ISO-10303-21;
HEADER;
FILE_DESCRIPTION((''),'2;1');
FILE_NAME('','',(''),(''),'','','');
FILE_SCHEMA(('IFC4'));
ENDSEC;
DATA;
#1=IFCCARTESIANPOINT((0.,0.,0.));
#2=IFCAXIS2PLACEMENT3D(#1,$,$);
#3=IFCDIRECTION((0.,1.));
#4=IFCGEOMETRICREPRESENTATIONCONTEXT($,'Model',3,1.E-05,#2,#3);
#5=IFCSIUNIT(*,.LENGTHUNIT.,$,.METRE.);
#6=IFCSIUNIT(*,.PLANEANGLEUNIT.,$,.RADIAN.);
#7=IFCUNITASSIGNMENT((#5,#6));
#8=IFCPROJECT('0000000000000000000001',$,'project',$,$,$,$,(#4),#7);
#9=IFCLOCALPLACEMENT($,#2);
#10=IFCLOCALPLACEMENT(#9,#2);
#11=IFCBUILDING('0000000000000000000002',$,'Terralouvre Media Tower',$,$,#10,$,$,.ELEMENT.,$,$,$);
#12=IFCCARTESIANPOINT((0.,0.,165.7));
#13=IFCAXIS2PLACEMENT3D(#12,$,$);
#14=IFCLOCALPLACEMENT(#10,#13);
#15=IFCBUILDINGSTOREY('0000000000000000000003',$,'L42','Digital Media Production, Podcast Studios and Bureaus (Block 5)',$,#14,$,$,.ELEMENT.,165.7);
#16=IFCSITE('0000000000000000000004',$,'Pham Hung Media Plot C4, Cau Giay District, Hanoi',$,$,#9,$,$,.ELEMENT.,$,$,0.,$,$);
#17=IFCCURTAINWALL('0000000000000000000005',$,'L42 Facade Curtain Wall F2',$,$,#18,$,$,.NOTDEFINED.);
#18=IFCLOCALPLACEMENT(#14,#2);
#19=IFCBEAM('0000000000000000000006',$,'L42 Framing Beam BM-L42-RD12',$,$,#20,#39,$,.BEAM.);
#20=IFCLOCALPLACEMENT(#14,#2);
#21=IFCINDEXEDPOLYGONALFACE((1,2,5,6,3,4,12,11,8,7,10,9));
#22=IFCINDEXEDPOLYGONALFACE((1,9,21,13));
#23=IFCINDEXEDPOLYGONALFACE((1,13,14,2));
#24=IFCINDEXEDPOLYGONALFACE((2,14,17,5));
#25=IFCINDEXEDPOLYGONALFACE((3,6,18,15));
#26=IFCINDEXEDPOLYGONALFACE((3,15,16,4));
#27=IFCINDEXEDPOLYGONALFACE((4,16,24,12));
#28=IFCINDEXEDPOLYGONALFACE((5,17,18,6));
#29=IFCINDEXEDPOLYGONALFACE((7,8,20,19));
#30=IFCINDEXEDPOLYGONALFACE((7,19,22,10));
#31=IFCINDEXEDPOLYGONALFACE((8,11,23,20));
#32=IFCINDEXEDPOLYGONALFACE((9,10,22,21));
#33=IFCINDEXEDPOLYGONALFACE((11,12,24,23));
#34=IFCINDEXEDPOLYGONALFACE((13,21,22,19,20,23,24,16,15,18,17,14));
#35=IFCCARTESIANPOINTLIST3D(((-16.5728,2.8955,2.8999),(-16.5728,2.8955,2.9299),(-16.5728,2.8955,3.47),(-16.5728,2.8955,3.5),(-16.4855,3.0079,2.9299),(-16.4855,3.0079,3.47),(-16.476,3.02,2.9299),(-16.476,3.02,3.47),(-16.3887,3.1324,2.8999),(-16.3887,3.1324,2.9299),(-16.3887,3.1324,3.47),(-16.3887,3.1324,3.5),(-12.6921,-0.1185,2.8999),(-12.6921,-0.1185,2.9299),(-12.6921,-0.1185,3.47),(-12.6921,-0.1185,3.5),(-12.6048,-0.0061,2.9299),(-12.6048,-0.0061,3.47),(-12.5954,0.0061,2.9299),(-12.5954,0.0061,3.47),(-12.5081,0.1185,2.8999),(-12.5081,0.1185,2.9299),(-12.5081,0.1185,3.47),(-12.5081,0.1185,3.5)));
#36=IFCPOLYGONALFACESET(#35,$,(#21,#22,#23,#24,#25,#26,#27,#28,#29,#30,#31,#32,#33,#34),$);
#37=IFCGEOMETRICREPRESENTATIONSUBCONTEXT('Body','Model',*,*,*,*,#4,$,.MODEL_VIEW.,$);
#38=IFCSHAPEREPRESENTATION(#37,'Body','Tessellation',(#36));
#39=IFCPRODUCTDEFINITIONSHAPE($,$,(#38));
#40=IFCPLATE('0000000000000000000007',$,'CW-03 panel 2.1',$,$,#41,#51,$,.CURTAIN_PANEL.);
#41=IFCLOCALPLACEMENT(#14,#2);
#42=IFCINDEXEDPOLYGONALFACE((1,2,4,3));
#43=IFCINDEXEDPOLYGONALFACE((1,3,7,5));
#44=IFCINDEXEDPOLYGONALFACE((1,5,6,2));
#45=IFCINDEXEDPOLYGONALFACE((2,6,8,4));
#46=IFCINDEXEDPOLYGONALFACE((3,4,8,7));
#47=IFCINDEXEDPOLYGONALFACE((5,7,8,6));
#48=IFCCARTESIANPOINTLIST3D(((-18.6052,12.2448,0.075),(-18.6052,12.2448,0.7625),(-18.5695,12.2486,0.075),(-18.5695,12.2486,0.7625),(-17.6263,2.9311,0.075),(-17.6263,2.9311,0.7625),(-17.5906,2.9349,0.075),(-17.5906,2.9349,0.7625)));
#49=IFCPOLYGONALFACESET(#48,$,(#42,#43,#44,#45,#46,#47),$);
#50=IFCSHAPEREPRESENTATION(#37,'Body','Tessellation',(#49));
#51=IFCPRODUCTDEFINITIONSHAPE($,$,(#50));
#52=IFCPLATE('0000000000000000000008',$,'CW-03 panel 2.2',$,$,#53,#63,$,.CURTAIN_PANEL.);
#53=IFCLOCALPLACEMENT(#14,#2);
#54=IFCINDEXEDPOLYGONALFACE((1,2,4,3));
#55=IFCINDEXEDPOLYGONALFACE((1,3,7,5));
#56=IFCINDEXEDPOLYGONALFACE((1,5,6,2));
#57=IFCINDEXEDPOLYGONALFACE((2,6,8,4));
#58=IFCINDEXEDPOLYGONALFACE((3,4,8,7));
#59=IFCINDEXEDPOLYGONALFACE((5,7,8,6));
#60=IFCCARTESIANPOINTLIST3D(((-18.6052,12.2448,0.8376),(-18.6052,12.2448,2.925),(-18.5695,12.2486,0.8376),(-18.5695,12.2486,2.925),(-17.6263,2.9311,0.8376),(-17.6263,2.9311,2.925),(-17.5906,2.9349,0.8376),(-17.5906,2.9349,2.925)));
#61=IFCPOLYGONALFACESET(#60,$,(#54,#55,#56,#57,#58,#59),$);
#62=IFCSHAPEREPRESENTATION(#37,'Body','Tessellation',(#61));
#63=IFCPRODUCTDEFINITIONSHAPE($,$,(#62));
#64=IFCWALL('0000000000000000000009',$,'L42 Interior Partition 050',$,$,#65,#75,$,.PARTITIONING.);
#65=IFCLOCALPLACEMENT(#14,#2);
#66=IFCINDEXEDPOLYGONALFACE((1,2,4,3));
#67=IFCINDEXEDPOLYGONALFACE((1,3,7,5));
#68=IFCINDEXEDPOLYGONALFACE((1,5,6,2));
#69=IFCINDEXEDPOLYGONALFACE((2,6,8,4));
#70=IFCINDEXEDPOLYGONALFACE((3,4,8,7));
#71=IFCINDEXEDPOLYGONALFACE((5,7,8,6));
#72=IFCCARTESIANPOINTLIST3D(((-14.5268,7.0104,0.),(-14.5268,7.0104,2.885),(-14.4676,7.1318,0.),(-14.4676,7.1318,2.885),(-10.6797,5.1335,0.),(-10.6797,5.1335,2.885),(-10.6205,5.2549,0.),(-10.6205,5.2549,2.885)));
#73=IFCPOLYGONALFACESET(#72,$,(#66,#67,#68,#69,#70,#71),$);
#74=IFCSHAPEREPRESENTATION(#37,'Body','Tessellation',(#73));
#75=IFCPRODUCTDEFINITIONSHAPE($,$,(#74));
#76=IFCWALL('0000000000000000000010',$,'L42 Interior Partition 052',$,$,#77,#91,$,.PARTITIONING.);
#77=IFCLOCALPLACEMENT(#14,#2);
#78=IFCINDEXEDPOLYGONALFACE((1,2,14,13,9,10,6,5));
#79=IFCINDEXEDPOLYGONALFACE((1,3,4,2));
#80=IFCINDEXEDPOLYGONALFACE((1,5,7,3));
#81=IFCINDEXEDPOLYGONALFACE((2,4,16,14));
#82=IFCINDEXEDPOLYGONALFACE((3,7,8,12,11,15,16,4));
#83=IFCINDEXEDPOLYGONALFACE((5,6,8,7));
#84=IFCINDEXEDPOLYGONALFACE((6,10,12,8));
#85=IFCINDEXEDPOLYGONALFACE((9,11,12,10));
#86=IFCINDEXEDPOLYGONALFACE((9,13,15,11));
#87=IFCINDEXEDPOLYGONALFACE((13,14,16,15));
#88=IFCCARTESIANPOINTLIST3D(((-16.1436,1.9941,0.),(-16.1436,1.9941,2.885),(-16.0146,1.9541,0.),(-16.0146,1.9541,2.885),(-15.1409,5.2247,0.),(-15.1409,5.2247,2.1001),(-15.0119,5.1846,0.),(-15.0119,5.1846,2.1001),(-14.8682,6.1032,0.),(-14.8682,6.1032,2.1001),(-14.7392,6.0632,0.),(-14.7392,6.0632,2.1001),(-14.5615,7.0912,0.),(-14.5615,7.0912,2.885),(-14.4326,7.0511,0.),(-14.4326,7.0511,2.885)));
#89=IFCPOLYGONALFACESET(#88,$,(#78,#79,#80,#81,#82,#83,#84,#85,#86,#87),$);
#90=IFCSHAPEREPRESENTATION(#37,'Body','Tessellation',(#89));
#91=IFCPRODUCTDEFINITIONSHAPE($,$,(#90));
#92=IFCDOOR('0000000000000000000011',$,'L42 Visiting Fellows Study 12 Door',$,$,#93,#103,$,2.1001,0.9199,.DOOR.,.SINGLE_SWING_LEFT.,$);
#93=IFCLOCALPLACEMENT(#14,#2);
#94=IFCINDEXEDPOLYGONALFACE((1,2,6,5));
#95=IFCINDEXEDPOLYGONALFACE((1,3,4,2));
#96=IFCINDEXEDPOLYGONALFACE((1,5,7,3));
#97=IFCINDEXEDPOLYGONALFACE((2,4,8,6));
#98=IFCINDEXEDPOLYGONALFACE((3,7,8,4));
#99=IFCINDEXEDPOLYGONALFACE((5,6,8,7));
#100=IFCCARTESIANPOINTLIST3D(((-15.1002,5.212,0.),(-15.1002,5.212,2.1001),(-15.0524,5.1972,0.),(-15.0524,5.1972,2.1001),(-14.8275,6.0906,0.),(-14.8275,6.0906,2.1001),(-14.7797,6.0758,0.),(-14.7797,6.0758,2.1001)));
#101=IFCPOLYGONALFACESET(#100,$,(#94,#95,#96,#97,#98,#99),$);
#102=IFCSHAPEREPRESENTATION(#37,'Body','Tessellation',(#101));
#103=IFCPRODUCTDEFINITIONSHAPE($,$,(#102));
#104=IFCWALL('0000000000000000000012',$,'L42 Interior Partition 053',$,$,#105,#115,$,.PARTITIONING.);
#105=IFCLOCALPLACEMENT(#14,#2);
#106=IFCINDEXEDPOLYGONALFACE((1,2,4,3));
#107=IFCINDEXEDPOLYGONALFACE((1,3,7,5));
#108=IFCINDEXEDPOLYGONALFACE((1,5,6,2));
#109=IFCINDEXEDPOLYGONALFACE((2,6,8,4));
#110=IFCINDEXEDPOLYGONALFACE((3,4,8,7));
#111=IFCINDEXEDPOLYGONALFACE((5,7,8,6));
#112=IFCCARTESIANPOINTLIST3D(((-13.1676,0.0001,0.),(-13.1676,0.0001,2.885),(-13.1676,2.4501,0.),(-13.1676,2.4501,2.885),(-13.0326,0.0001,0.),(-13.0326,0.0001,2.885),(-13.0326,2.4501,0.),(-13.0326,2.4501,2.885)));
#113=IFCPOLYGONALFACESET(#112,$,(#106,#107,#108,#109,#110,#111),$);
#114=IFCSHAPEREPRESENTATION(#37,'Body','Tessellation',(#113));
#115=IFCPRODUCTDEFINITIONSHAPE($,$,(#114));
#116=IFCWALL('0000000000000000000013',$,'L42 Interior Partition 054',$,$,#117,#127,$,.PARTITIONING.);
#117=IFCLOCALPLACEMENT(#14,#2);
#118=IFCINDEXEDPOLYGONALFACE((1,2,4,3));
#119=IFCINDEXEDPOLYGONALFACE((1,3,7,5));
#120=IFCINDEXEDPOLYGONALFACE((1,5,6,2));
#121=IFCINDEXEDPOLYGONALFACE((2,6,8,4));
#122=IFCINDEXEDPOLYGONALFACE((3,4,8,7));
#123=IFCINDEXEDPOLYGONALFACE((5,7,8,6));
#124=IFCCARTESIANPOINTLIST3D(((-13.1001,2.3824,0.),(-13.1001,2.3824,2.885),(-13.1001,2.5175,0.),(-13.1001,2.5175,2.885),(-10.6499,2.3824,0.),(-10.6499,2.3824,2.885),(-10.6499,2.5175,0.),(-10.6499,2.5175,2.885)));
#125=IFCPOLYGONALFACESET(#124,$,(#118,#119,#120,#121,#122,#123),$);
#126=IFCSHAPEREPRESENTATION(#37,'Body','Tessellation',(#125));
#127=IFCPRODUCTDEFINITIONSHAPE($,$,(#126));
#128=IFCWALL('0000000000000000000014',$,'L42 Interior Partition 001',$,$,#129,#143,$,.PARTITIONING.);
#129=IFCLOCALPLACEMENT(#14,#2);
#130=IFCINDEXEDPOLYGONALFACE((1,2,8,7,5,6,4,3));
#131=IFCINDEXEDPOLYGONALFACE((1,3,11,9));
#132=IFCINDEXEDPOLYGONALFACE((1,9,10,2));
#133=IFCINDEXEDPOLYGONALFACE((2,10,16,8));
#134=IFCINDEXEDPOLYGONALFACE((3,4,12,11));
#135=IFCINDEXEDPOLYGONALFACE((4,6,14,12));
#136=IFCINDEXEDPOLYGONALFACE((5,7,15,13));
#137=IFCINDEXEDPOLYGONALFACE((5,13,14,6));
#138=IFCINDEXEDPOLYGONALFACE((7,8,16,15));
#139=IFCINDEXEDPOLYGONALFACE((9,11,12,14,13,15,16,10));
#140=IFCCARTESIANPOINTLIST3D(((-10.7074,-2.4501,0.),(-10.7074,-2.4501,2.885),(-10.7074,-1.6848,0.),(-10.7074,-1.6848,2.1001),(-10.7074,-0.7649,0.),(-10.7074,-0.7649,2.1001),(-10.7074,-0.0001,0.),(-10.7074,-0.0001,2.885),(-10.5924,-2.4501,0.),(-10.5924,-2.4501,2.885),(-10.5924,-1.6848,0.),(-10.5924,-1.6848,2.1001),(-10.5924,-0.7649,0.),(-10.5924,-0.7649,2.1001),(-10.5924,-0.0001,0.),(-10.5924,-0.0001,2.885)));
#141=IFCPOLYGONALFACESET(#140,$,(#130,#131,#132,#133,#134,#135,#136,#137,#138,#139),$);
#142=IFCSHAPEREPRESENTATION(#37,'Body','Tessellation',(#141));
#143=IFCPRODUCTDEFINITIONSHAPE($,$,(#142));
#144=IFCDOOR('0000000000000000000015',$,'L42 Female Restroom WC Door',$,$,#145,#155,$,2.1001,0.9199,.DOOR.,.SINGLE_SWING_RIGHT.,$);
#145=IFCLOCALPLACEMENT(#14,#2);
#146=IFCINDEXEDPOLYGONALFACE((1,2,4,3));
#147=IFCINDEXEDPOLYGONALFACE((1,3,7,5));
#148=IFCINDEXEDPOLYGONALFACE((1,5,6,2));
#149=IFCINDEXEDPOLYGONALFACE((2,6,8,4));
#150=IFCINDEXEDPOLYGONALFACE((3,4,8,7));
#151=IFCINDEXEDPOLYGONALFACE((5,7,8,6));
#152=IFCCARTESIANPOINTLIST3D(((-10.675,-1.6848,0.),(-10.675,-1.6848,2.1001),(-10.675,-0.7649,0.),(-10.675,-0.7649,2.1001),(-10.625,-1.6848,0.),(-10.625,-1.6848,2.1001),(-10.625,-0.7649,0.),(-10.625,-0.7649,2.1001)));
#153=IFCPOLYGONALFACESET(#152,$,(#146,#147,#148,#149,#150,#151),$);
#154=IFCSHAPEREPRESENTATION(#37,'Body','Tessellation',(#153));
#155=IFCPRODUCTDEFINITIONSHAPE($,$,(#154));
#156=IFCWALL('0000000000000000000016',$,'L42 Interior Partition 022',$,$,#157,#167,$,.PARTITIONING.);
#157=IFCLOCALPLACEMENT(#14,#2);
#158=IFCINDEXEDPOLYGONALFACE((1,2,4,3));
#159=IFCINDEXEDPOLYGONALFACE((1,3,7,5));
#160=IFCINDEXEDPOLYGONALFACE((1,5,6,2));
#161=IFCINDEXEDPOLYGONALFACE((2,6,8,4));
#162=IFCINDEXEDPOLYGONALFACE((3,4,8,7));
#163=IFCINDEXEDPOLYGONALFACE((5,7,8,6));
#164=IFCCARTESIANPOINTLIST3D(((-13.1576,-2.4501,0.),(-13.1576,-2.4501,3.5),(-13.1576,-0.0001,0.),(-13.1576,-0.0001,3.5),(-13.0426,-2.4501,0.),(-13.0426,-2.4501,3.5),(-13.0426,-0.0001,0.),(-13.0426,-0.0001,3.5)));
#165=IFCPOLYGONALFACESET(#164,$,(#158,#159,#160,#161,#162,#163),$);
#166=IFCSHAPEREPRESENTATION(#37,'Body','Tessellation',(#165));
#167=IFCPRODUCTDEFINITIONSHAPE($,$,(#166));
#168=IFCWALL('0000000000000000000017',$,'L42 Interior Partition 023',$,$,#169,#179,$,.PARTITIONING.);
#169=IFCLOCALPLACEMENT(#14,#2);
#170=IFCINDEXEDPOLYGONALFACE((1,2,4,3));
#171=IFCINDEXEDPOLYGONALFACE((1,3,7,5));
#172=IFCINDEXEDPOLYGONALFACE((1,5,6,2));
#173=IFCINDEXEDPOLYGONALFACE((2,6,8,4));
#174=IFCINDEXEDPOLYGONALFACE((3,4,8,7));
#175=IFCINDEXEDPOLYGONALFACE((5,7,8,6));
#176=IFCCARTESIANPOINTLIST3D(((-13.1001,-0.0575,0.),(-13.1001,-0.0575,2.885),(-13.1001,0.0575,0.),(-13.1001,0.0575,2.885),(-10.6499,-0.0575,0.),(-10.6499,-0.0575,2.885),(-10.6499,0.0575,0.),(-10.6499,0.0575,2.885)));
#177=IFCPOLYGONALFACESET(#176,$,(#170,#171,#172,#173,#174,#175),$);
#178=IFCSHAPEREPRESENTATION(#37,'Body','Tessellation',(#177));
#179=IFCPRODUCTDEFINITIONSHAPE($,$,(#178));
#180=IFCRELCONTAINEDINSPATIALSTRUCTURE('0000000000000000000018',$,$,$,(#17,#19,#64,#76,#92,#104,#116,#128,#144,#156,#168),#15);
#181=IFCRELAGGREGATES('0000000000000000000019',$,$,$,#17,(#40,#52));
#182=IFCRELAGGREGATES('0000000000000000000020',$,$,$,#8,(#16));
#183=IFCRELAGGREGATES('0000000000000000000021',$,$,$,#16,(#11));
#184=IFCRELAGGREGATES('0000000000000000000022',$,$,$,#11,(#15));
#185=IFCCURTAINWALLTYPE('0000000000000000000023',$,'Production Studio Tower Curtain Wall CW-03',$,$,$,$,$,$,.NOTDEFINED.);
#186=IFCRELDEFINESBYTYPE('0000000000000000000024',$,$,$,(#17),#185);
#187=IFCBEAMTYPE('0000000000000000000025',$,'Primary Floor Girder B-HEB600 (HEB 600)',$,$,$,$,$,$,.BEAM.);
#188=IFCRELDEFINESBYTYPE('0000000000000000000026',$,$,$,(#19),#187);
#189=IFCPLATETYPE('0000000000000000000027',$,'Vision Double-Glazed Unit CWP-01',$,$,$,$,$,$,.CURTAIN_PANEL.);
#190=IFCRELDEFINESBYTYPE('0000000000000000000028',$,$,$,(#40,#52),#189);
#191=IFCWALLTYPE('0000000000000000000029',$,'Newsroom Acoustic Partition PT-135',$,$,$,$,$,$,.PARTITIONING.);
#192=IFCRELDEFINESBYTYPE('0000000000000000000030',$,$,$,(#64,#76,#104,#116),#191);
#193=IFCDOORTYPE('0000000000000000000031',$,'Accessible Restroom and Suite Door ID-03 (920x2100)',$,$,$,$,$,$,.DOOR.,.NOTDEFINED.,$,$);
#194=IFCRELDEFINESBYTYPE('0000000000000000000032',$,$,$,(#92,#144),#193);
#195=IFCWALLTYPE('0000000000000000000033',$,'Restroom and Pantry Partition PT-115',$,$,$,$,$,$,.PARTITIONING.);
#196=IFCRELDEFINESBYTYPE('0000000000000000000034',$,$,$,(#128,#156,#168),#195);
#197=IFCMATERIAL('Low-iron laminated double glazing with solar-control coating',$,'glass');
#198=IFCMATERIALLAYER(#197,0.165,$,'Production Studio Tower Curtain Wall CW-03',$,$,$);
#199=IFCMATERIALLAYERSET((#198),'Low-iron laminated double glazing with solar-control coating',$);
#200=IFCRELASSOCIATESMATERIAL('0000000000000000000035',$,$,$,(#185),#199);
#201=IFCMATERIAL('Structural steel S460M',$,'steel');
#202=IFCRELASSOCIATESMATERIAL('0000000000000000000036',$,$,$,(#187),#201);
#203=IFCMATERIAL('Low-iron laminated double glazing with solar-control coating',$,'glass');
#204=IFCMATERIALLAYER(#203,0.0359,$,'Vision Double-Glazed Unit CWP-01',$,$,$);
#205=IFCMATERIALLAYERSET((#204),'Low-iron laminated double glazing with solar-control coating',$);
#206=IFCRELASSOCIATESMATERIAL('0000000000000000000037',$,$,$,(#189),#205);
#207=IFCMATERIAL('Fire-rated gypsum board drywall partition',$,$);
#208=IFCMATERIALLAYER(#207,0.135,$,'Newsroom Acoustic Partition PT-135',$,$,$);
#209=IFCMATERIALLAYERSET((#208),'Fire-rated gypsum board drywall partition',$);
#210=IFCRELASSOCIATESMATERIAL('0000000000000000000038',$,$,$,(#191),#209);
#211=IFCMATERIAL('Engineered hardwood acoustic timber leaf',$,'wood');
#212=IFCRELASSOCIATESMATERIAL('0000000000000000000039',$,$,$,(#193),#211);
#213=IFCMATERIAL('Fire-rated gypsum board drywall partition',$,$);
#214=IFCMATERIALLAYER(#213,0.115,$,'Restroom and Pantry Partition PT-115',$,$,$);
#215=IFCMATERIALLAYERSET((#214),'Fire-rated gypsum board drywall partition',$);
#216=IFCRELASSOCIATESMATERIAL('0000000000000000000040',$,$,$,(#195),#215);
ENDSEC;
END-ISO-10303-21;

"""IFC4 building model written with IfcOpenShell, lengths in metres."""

from ifc_helpers import new_model, si_unit, direction, frame, frame_2d, origin, origin_2d, place, context, subcontext, project, spatial, rectangle, i_section, extrude, material, layer, layer_set, material_profile, profile_set, type_object, element, fill, aggregate, save


model = new_model("IFC4")

# Units and contexts
model_context = context("Model", 3, precision=1e-05, world=origin(), true_north=direction((0.0, 1.0)))
body_context = subcontext(model_context, "Body", "Model", "MODEL_VIEW")
ifc_project = project(units=[si_unit("LENGTHUNIT", "METRE"), si_unit("PLANEANGLEUNIT", "RADIAN")], contexts=[model_context])

# Site, building, storey
site_placement = place(None, origin())
site = spatial("IfcSite", under=ifc_project, at=site_placement, Name="Pham Hung Media Plot C4, Cau Giay District, Hanoi", CompositionType="ELEMENT", RefElevation=0.0)
building_placement = place(site_placement, origin())
building = spatial("IfcBuilding", under=site, at=building_placement, Name="Terralouvre Media Tower", CompositionType="ELEMENT")
storey_placement = place(building_placement, frame((0.0, 0.0, 165.7)))
storey = spatial("IfcBuildingStorey", under=building, at=storey_placement, Name="L42", Description="Digital Media Production, Podcast Studios and Bureaus (Block 5)", CompositionType="ELEMENT", Elevation=165.7)

# Curtain wall
ifc_material_1 = material(Name="Low-iron laminated double glazing with solar-control coating", Category="glass")
ifc_layer_1 = layer(ifc_material_1, 0.165, Name="Production Studio Tower Curtain Wall CW-03")
ifc_layer_set_1 = layer_set([ifc_layer_1], Name="Low-iron laminated double glazing with solar-control coating")
curtain_wall_type = type_object("IfcCurtainWallType", Name="Production Studio Tower Curtain Wall CW-03", PredefinedType="NOTDEFINED", material=ifc_layer_set_1)
curtain_wall_placement = place(storey_placement, origin())
curtain_wall = element("IfcCurtainWall", 1, at=curtain_wall_placement, inside=storey, type_object=curtain_wall_type, Name="L42 Facade Curtain Wall F2", PredefinedType="NOTDEFINED")

# Beam
ifc_material_2 = material(Name="Structural steel S460M", Category="steel")
ifc_material_profile_1 = material_profile(ifc_material_2, i_section(OverallWidth=0.3, OverallDepth=0.6001, WebThickness=0.0154, FlangeThickness=0.03, at=origin_2d()), Name="HEB 600")
ifc_profile_set_1 = profile_set([ifc_material_profile_1], Name="Structural steel S460M")
beam_type_1 = type_object("IfcBeamType", Name="Primary Floor Girder B-HEB600 (HEB 600)", PredefinedType="BEAM", material=ifc_profile_set_1)
beam_1_placement = place(storey_placement, frame((-12.6001, 0.0, 3.2), z_axis=(-0.78978, 0.61339, 0.0), x_axis=(-0.61339, -0.78978, 0.0)))
element("IfcBeam", 2, at=beam_1_placement, inside=storey, type_object=beam_type_1, Name="L42 Framing Beam BM-L42-RD12", PredefinedType="BEAM", context=body_context, shape_type="SweptSolid", body=[
    extrude(i_section(OverallWidth=0.3, OverallDepth=0.6001, WebThickness=0.0154, FlangeThickness=0.03, at=origin_2d()), origin(), (0.0, 0.0, 1.0), 4.9136),
])

# Plates
ifc_material_3 = material(Name="Low-iron laminated double glazing with solar-control coating", Category="glass")
ifc_layer_2 = layer(ifc_material_3, 0.0359, Name="Vision Double-Glazed Unit CWP-01")
ifc_layer_set_2 = layer_set([ifc_layer_2], Name="Low-iron laminated double glazing with solar-control coating")
plate_type = type_object("IfcPlateType", Name="Vision Double-Glazed Unit CWP-01", PredefinedType="CURTAIN_PANEL", material=ifc_layer_set_2)
plate_1_placement = place(storey_placement, frame((-18.0979, 7.5898, 0.075), z_axis=(0.0, 0.0, 1.0), x_axis=(0.104528, -0.994522, 0.0)))
plate_1 = element("IfcPlate", 3, at=plate_1_placement, type_object=plate_type, Name="CW-03 panel 2.1", PredefinedType="CURTAIN_PANEL", context=body_context, shape_type="SweptSolid", body=[
    extrude(rectangle(XDim=9.365, YDim=0.0359, at=origin_2d()), origin(), (0.0, 0.0, 1.0), 0.6875),
])
plate_2_placement = place(storey_placement, frame((-18.0979, 7.5898, 0.8376), z_axis=(0.0, 0.0, 1.0), x_axis=(0.104528, -0.994522, 0.0)))
plate_2 = element("IfcPlate", 4, at=plate_2_placement, type_object=plate_type, Name="CW-03 panel 2.2", PredefinedType="CURTAIN_PANEL", context=body_context, shape_type="SweptSolid", body=[
    extrude(rectangle(XDim=9.365, YDim=0.0359, at=origin_2d()), origin(), (0.0, 0.0, 1.0), 2.0874),
])
aggregate(curtain_wall, [plate_1, plate_2])

# Wall
ifc_material_4 = material(Name="Fire-rated gypsum board drywall partition")
ifc_layer_3 = layer(ifc_material_4, 0.135, Name="Newsroom Acoustic Partition PT-135")
ifc_layer_set_3 = layer_set([ifc_layer_3], Name="Fire-rated gypsum board drywall partition")
wall_type_1 = type_object("IfcWallType", Name="Newsroom Acoustic Partition PT-135", PredefinedType="PARTITIONING", material=ifc_layer_set_3)
wall_1_placement = place(storey_placement, frame((-14.4971, 7.071, 0.0), z_axis=(0.0, 0.0, 1.0), x_axis=(0.898742, -0.438478, 0.0)))
element("IfcWall", 5, at=wall_1_placement, inside=storey, type_object=wall_type_1, Name="L42 Interior Partition 050", PredefinedType="PARTITIONING", context=body_context, shape_type="SweptSolid", body=[
    extrude(rectangle(XDim=4.2805, YDim=0.135, at=frame_2d((2.1401, 0.0))), origin(), (0.0, 0.0, 1.0), 2.885),
])

# Wall, opening, door
wall_2_placement = place(storey_placement, frame((-16.0791, 1.9741, 0.0), z_axis=(0.0, 0.0, 1.0), x_axis=(0.296438, 0.955052, 0.0)))
wall_2 = element("IfcWall", 6, at=wall_2_placement, inside=storey, type_object=wall_type_1, Name="L42 Interior Partition 052", PredefinedType="PARTITIONING", context=body_context, shape_type="SweptSolid", body=[
    extrude(rectangle(XDim=5.3369, YDim=0.135, at=frame_2d((2.6685, 0.0))), origin(), (0.0, 0.0, 1.0), 2.885),
])
opening_1_placement = place(wall_2_placement, frame((3.3826, 0.0, 0.0)))
opening_1 = element("IfcOpeningElement", 7, at=opening_1_placement, cuts=wall_2, PredefinedType="OPENING", context=body_context, shape_type="SweptSolid", body=[
    extrude(rectangle(XDim=0.9199, YDim=2.1001, at=frame_2d((0.46, 1.05))), frame((0.0, 0.0774, 0.0), z_axis=(0.0, -1.0, 0.0), x_axis=(1.0, 0.0, 0.0)), (0.0, 0.0, 1.0), 0.155),
])
ifc_material_5 = material(Name="Engineered hardwood acoustic timber leaf", Category="wood")
door_type = type_object("IfcDoorType", Name="Accessible Restroom and Suite Door ID-03 (920x2100)", OperationType="NOTDEFINED", PredefinedType="DOOR", material=ifc_material_5)
door_1_placement = place(opening_1_placement, origin())
door_1 = element("IfcDoor", 8, at=door_1_placement, inside=storey, type_object=door_type, Name="L42 Visiting Fellows Study 12 Door", OperationType="SINGLE_SWING_LEFT", OverallHeight=2.1001, OverallWidth=0.9199, PredefinedType="DOOR", context=body_context, shape_type="SweptSolid", body=[
    extrude(rectangle(XDim=0.9199, YDim=2.1001, at=frame_2d((0.46, 1.05))), frame((0.0, 0.0249, 0.0), z_axis=(0.0, -1.0, 0.0), x_axis=(1.0, 0.0, 0.0)), (0.0, 0.0, 1.0), 0.05),
])
fill(opening_1, door_1)

# Walls
wall_3_placement = place(storey_placement, frame((-13.1001, 0.0, 0.0), z_axis=(0.0, 0.0, 1.0), x_axis=(0.0, 1.0, 0.0)))
element("IfcWall", 9, at=wall_3_placement, inside=storey, type_object=wall_type_1, Name="L42 Interior Partition 053", PredefinedType="PARTITIONING", context=body_context, shape_type="SweptSolid", body=[
    extrude(rectangle(XDim=2.45, YDim=0.135, at=frame_2d((1.2251, 0.0))), origin(), (0.0, 0.0, 1.0), 2.885),
])
wall_4_placement = place(storey_placement, frame((-13.1001, 2.45, 0.0), z_axis=(0.0, 0.0, 1.0), x_axis=(1.0, 0.0, 0.0)))
element("IfcWall", 10, at=wall_4_placement, inside=storey, type_object=wall_type_1, Name="L42 Interior Partition 054", PredefinedType="PARTITIONING", context=body_context, shape_type="SweptSolid", body=[
    extrude(rectangle(XDim=2.4502, YDim=0.135, at=frame_2d((1.2251, 0.0))), origin(), (0.0, 0.0, 1.0), 2.885),
])

# Wall, opening, door
ifc_material_6 = material(Name="Fire-rated gypsum board drywall partition")
ifc_layer_4 = layer(ifc_material_6, 0.115, Name="Restroom and Pantry Partition PT-115")
ifc_layer_set_4 = layer_set([ifc_layer_4], Name="Fire-rated gypsum board drywall partition")
wall_type_2 = type_object("IfcWallType", Name="Restroom and Pantry Partition PT-115", PredefinedType="PARTITIONING", material=ifc_layer_set_4)
wall_5_placement = place(storey_placement, frame((-10.6499, 0.0, 0.0), z_axis=(0.0, 0.0, 1.0), x_axis=(0.0, -1.0, 0.0)))
wall_5 = element("IfcWall", 11, at=wall_5_placement, inside=storey, type_object=wall_type_2, Name="L42 Interior Partition 001", PredefinedType="PARTITIONING", context=body_context, shape_type="SweptSolid", body=[
    extrude(rectangle(XDim=2.45, YDim=0.115, at=frame_2d((1.2251, 0.0))), origin(), (0.0, 0.0, 1.0), 2.885),
])
opening_2_placement = place(wall_5_placement, frame((0.7649, 0.0, 0.0)))
opening_2 = element("IfcOpeningElement", 12, at=opening_2_placement, cuts=wall_5, PredefinedType="OPENING", context=body_context, shape_type="SweptSolid", body=[
    extrude(rectangle(XDim=0.9199, YDim=2.1001, at=frame_2d((0.46, 1.05))), frame((0.0, 0.0674, 0.0), z_axis=(0.0, -1.0, 0.0), x_axis=(1.0, 0.0, 0.0)), (0.0, 0.0, 1.0), 0.135),
])
door_2_placement = place(opening_2_placement, origin())
door_2 = element("IfcDoor", 13, at=door_2_placement, inside=storey, type_object=door_type, Name="L42 Female Restroom WC Door", OperationType="SINGLE_SWING_RIGHT", OverallHeight=2.1001, OverallWidth=0.9199, PredefinedType="DOOR", context=body_context, shape_type="SweptSolid", body=[
    extrude(rectangle(XDim=0.9199, YDim=2.1001, at=frame_2d((0.46, 1.05))), frame((0.0, 0.0249, 0.0), z_axis=(0.0, -1.0, 0.0), x_axis=(1.0, 0.0, 0.0)), (0.0, 0.0, 1.0), 0.05),
])
fill(opening_2, door_2)

# Walls
wall_6_placement = place(storey_placement, frame((-13.1001, 0.0, 0.0), z_axis=(0.0, 0.0, 1.0), x_axis=(0.0, -1.0, 0.0)))
element("IfcWall", 14, at=wall_6_placement, inside=storey, type_object=wall_type_2, Name="L42 Interior Partition 022", PredefinedType="PARTITIONING", context=body_context, shape_type="SweptSolid", body=[
    extrude(rectangle(XDim=2.45, YDim=0.115, at=frame_2d((1.2251, 0.0))), origin(), (0.0, 0.0, 1.0), 3.5),
])
wall_7_placement = place(storey_placement, frame((-10.6499, 0.0, 0.0), z_axis=(0.0, 0.0, 1.0), x_axis=(-1.0, 0.0, 0.0)))
element("IfcWall", 15, at=wall_7_placement, inside=storey, type_object=wall_type_2, Name="L42 Interior Partition 023", PredefinedType="PARTITIONING", context=body_context, shape_type="SweptSolid", body=[
    extrude(rectangle(XDim=2.4502, YDim=0.115, at=frame_2d((1.2251, 0.0))), origin(), (0.0, 0.0, 1.0), 2.885),
])

save(model, "model.ifc")
